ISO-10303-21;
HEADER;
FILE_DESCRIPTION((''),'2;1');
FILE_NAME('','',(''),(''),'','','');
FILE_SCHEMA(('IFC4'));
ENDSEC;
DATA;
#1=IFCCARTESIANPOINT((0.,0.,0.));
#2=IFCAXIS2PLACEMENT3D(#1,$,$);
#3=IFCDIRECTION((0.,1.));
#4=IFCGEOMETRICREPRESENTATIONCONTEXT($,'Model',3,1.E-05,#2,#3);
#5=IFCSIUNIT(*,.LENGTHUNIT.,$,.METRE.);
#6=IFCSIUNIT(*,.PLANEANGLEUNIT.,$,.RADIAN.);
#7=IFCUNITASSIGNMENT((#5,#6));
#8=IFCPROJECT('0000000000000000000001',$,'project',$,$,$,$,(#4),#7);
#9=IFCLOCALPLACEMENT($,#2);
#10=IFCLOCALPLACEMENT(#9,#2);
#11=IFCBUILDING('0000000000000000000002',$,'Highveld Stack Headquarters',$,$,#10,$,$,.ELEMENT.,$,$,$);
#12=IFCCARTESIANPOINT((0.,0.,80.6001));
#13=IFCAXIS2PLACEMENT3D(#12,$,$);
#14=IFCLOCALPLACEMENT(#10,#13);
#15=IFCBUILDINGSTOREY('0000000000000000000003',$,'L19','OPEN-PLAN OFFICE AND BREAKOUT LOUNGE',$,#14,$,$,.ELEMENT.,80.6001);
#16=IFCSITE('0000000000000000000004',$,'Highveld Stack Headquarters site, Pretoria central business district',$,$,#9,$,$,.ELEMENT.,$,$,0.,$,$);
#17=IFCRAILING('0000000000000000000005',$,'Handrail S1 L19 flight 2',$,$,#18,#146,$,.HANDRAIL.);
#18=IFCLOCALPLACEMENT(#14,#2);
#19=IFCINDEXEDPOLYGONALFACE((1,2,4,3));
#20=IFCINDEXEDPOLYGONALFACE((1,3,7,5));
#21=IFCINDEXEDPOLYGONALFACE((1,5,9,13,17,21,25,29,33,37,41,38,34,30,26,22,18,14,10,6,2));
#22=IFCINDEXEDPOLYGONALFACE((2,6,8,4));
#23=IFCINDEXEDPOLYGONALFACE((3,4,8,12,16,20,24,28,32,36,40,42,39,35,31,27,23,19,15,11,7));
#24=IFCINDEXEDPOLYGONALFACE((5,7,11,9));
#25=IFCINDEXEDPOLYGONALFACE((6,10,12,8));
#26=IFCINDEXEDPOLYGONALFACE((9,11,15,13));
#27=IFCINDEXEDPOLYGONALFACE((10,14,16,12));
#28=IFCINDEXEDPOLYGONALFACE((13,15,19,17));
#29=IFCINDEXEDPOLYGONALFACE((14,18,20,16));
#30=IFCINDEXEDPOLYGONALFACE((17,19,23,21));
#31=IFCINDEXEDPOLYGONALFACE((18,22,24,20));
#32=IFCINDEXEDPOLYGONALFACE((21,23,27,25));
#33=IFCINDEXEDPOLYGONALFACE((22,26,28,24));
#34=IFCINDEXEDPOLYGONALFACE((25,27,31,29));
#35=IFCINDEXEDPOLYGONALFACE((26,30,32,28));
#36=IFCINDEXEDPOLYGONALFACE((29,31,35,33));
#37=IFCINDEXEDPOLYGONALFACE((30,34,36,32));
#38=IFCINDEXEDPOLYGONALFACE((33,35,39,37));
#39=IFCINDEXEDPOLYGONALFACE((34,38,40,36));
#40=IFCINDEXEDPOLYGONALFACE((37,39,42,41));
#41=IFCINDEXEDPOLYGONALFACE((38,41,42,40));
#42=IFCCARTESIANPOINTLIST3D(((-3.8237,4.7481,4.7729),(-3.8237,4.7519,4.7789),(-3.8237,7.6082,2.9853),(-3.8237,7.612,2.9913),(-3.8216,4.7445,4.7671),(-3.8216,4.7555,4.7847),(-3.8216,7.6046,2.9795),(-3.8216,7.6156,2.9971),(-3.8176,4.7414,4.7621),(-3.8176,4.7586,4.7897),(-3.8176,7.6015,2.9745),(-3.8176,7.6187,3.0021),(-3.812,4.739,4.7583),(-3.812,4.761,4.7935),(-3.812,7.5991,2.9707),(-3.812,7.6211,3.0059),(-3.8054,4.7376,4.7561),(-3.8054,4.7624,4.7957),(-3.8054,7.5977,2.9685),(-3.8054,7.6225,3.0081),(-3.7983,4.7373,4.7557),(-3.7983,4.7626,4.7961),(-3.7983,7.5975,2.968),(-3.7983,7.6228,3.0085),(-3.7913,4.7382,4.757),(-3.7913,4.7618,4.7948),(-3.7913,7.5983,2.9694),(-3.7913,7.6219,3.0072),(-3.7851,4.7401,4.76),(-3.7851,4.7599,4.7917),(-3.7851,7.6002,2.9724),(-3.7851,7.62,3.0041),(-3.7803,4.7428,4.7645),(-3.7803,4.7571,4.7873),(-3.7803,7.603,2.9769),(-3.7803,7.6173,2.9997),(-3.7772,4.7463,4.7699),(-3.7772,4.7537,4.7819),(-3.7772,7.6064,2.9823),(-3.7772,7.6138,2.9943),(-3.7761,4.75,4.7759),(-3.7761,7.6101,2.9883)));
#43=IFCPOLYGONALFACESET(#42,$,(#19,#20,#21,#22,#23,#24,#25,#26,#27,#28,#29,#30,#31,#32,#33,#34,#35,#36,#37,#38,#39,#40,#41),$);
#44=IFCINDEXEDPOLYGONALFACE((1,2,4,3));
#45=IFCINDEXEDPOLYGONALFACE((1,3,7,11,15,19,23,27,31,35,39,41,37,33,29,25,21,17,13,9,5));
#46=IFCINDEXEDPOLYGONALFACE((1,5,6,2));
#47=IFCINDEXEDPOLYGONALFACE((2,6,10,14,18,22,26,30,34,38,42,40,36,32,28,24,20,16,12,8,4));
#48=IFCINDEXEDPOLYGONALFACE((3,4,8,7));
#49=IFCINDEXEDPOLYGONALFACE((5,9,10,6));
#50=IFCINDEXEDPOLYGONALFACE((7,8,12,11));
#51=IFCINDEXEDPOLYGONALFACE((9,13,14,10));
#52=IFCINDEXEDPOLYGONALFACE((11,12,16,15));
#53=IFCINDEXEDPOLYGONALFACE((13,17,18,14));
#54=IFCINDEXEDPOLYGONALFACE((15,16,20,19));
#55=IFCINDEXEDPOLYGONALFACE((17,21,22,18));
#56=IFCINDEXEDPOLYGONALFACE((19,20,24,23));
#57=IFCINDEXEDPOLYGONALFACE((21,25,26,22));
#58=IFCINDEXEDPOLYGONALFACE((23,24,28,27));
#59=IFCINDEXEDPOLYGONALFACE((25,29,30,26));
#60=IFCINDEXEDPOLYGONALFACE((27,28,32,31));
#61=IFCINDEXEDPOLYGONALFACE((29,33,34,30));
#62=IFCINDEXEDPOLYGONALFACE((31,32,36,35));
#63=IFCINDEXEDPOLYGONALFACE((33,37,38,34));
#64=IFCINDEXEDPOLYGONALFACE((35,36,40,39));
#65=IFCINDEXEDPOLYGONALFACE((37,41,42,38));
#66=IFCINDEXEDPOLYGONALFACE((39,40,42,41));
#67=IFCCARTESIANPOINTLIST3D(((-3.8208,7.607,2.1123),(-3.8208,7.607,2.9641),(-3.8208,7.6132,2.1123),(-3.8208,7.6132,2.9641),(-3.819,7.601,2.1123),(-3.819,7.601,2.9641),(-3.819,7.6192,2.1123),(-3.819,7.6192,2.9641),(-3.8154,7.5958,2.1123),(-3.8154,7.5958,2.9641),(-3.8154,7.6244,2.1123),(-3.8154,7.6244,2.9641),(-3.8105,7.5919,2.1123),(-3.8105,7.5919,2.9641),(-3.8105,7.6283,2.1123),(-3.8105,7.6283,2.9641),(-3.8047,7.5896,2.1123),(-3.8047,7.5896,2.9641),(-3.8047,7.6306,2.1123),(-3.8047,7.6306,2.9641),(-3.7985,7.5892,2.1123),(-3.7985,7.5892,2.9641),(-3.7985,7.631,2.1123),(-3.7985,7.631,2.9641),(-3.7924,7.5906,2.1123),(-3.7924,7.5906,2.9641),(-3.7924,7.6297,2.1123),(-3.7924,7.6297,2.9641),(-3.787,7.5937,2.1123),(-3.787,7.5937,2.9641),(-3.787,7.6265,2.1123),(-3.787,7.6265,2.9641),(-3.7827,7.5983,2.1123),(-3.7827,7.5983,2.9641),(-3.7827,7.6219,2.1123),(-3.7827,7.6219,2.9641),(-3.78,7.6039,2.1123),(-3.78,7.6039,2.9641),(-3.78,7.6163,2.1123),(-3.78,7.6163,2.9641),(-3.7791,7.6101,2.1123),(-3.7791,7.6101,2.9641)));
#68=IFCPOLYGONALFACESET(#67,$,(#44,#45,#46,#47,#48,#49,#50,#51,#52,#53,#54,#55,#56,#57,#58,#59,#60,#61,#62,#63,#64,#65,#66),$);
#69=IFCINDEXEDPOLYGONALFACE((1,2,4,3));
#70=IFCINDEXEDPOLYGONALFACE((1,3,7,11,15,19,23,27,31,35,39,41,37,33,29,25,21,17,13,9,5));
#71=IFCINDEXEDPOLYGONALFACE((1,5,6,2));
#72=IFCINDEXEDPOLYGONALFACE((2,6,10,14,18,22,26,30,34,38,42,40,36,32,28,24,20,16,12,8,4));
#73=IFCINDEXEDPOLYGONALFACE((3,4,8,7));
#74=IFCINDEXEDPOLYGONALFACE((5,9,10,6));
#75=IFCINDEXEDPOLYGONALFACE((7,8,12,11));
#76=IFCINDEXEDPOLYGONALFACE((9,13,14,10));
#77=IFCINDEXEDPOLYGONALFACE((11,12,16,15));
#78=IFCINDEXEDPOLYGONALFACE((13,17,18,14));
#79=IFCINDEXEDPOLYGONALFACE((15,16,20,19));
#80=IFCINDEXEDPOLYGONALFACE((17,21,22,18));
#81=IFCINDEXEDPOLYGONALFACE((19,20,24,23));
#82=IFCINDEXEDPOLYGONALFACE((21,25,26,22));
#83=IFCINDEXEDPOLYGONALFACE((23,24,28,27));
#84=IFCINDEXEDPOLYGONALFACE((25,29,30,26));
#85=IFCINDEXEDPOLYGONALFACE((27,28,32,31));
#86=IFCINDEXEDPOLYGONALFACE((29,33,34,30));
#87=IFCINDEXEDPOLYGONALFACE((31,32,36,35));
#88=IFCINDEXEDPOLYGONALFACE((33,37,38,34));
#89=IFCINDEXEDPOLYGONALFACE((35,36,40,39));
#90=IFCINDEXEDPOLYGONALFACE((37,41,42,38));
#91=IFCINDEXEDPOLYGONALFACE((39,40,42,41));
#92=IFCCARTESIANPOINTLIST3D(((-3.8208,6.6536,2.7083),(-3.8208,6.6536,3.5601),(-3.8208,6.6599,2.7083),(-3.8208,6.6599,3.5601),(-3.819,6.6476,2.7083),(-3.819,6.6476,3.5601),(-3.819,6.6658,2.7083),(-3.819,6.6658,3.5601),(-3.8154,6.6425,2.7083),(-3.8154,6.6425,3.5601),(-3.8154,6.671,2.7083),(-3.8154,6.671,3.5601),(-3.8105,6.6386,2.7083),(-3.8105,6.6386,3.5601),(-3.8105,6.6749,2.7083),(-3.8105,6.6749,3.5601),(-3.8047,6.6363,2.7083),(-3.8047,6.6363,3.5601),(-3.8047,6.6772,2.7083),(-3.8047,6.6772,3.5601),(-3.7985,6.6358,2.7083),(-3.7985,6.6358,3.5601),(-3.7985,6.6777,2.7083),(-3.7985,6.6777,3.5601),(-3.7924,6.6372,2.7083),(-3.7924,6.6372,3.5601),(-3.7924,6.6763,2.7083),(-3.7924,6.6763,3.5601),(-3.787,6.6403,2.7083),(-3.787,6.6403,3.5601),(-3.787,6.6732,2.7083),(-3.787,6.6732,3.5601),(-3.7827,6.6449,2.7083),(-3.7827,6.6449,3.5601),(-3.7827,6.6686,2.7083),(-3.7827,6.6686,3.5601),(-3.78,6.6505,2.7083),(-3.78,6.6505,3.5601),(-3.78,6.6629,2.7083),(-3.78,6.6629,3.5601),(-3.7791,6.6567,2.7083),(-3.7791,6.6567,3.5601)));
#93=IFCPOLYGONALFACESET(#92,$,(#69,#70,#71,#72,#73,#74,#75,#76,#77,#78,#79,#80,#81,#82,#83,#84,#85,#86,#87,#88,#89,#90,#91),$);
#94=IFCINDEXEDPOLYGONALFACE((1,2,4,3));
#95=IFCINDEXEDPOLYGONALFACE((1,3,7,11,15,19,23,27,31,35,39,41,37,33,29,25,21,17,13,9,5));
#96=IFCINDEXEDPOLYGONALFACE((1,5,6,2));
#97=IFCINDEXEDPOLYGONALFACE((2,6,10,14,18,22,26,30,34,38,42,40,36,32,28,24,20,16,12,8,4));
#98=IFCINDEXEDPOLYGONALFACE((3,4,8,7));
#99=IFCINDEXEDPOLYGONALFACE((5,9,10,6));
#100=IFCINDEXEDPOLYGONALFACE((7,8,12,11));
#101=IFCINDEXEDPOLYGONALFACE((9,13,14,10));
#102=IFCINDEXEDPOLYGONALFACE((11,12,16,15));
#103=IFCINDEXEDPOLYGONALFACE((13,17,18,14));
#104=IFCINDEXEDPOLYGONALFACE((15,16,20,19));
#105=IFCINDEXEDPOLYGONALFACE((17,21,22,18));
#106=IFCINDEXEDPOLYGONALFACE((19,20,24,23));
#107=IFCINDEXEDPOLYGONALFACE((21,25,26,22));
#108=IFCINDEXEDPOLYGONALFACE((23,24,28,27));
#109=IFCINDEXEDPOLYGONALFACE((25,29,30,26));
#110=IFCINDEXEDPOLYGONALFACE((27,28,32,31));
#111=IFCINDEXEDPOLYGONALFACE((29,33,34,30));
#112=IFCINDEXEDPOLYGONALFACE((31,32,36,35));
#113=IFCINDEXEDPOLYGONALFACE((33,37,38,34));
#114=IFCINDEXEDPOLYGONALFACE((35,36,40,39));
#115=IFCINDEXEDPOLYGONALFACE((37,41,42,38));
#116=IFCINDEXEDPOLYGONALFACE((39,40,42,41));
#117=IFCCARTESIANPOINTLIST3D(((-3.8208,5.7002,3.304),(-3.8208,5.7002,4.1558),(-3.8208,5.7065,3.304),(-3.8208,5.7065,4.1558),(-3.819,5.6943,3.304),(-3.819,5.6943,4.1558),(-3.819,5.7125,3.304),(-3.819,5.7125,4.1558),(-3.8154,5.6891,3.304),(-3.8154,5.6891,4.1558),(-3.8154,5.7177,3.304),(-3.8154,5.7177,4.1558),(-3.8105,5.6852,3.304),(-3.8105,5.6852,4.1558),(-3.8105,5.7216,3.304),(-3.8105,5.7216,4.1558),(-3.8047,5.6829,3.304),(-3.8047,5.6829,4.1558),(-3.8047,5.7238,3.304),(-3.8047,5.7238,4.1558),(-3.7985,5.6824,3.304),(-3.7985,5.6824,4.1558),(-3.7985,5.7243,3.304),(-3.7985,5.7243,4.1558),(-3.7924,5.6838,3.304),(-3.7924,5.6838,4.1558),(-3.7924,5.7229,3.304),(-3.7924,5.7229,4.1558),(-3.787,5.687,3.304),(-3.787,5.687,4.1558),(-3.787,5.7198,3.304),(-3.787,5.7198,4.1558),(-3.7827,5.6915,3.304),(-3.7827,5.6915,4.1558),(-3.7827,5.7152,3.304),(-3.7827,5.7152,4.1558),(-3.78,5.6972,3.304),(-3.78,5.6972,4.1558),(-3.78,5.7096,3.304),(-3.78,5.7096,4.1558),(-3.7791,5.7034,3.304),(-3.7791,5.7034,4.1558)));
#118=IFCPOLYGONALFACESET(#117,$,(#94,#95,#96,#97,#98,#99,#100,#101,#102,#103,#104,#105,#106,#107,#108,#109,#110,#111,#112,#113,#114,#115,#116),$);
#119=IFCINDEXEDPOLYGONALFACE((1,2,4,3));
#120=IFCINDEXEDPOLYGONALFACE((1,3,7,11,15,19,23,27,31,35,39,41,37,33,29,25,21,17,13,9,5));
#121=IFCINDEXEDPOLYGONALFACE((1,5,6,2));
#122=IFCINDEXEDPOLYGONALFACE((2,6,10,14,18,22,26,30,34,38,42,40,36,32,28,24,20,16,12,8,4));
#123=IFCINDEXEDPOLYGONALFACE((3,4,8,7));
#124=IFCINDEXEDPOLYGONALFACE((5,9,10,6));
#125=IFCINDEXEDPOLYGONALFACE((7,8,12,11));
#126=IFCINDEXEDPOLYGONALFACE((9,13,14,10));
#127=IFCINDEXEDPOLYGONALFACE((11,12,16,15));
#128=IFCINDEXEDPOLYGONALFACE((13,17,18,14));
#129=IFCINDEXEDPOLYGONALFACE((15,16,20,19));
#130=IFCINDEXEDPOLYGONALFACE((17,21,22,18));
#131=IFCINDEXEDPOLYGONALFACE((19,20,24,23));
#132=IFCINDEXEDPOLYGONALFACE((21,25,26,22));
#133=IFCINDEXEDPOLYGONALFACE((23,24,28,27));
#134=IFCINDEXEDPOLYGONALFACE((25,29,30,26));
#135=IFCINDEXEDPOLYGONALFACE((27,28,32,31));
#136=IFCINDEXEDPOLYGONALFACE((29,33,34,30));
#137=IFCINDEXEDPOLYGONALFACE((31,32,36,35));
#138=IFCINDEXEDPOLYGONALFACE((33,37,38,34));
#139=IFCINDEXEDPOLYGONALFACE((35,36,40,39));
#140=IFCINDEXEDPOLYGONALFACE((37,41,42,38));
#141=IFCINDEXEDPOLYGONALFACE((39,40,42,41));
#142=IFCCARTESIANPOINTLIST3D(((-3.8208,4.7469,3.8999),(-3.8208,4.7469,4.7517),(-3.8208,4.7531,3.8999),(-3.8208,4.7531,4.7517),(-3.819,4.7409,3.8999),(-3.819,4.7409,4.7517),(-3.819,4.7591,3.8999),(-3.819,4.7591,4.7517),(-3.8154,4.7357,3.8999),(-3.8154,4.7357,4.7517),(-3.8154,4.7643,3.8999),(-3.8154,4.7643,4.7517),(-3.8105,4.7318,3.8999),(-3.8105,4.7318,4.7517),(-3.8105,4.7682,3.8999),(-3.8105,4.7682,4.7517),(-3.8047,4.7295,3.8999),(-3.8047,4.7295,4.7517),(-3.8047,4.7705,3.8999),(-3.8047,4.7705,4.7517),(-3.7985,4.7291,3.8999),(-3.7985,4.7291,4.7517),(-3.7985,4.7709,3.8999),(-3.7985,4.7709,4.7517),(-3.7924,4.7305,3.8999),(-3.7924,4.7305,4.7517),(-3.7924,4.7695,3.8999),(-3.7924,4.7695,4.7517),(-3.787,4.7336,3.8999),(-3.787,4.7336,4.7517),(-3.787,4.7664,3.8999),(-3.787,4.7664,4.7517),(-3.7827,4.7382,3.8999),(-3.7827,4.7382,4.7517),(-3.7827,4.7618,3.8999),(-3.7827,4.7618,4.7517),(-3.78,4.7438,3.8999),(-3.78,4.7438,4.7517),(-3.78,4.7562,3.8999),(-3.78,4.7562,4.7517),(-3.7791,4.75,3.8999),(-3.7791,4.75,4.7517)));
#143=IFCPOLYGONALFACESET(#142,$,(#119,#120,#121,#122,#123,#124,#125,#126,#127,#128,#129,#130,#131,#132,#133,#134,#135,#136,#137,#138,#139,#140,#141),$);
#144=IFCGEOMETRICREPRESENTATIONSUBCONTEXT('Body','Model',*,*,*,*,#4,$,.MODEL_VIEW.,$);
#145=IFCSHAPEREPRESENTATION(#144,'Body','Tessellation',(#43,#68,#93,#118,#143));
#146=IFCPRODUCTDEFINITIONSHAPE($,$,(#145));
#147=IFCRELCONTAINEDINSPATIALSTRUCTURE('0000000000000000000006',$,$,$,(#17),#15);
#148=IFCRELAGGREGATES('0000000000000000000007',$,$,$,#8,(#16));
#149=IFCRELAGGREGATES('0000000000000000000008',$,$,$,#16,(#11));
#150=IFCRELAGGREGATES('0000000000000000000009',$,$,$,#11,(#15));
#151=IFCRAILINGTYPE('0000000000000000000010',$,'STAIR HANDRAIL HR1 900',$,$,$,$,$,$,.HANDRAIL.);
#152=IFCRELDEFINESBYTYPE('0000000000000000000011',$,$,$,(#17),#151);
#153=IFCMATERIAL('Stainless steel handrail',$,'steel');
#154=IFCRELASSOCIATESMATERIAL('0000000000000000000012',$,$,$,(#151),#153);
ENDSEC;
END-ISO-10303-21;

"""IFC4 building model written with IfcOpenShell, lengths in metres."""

from ifc_helpers import new_model, si_unit, direction, frame, origin, origin_2d, place, context, subcontext, project, spatial, circle, extrude, material, type_object, element, save


model = new_model("IFC4")

# Units and contexts
model_context = context("Model", 3, precision=1e-05, world=origin(), true_north=direction((0.0, 1.0)))
body_context = subcontext(model_context, "Body", "Model", "MODEL_VIEW")
ifc_project = project(units=[si_unit("LENGTHUNIT", "METRE"), si_unit("PLANEANGLEUNIT", "RADIAN")], contexts=[model_context])

# Site, building, storey
site_placement = place(None, origin())
site = spatial("IfcSite", under=ifc_project, at=site_placement, Name="Highveld Stack Headquarters site, Pretoria central business district", CompositionType="ELEMENT", RefElevation=0.0)
building_placement = place(site_placement, origin())
building = spatial("IfcBuilding", under=site, at=building_placement, Name="Highveld Stack Headquarters", CompositionType="ELEMENT")
storey_placement = place(building_placement, frame((0.0, 0.0, 80.6001)))
storey = spatial("IfcBuildingStorey", under=building, at=storey_placement, Name="L19", Description="OPEN-PLAN OFFICE AND BREAKOUT LOUNGE", CompositionType="ELEMENT", Elevation=80.6001)

# Railing
ifc_material_1 = material(Name="Stainless steel handrail", Category="steel")
railing_type = type_object("IfcRailingType", Name="STAIR HANDRAIL HR1 900", PredefinedType="HANDRAIL", material=ifc_material_1)
for number, where, name in (
    (1, (-3.8, 7.6101, 2.1123), "Handrail S1 L19 flight 2"),
):
    element("IfcRailing", number, at=place(storey_placement, frame(where)), inside=storey, type_object=railing_type, Name=name, PredefinedType="HANDRAIL", context=body_context, shape_type="SweptSolid", body=[
        extrude(circle(Radius=0.0239, at=origin_2d()), frame((0.0, 0.0, 0.876), z_axis=(0.0, -0.847994, 0.530005), x_axis=(1.0, 0.0, 0.0)), (0.0, 0.0, 1.0), 3.3728),
        extrude(circle(Radius=0.021, at=origin_2d()), origin(), (0.0, 0.0, 1.0), 0.8518),
        extrude(circle(Radius=0.021, at=origin_2d()), frame((0.0, -0.9534, 0.5959)), (0.0, 0.0, 1.0), 0.8518),
        extrude(circle(Radius=0.021, at=origin_2d()), frame((0.0, -1.9067, 1.1917)), (0.0, 0.0, 1.0), 0.8518),
        extrude(circle(Radius=0.021, at=origin_2d()), frame((0.0, -2.8601, 1.7876)), (0.0, 0.0, 1.0), 0.8518),
    ])

save(model, "model.ifc")
